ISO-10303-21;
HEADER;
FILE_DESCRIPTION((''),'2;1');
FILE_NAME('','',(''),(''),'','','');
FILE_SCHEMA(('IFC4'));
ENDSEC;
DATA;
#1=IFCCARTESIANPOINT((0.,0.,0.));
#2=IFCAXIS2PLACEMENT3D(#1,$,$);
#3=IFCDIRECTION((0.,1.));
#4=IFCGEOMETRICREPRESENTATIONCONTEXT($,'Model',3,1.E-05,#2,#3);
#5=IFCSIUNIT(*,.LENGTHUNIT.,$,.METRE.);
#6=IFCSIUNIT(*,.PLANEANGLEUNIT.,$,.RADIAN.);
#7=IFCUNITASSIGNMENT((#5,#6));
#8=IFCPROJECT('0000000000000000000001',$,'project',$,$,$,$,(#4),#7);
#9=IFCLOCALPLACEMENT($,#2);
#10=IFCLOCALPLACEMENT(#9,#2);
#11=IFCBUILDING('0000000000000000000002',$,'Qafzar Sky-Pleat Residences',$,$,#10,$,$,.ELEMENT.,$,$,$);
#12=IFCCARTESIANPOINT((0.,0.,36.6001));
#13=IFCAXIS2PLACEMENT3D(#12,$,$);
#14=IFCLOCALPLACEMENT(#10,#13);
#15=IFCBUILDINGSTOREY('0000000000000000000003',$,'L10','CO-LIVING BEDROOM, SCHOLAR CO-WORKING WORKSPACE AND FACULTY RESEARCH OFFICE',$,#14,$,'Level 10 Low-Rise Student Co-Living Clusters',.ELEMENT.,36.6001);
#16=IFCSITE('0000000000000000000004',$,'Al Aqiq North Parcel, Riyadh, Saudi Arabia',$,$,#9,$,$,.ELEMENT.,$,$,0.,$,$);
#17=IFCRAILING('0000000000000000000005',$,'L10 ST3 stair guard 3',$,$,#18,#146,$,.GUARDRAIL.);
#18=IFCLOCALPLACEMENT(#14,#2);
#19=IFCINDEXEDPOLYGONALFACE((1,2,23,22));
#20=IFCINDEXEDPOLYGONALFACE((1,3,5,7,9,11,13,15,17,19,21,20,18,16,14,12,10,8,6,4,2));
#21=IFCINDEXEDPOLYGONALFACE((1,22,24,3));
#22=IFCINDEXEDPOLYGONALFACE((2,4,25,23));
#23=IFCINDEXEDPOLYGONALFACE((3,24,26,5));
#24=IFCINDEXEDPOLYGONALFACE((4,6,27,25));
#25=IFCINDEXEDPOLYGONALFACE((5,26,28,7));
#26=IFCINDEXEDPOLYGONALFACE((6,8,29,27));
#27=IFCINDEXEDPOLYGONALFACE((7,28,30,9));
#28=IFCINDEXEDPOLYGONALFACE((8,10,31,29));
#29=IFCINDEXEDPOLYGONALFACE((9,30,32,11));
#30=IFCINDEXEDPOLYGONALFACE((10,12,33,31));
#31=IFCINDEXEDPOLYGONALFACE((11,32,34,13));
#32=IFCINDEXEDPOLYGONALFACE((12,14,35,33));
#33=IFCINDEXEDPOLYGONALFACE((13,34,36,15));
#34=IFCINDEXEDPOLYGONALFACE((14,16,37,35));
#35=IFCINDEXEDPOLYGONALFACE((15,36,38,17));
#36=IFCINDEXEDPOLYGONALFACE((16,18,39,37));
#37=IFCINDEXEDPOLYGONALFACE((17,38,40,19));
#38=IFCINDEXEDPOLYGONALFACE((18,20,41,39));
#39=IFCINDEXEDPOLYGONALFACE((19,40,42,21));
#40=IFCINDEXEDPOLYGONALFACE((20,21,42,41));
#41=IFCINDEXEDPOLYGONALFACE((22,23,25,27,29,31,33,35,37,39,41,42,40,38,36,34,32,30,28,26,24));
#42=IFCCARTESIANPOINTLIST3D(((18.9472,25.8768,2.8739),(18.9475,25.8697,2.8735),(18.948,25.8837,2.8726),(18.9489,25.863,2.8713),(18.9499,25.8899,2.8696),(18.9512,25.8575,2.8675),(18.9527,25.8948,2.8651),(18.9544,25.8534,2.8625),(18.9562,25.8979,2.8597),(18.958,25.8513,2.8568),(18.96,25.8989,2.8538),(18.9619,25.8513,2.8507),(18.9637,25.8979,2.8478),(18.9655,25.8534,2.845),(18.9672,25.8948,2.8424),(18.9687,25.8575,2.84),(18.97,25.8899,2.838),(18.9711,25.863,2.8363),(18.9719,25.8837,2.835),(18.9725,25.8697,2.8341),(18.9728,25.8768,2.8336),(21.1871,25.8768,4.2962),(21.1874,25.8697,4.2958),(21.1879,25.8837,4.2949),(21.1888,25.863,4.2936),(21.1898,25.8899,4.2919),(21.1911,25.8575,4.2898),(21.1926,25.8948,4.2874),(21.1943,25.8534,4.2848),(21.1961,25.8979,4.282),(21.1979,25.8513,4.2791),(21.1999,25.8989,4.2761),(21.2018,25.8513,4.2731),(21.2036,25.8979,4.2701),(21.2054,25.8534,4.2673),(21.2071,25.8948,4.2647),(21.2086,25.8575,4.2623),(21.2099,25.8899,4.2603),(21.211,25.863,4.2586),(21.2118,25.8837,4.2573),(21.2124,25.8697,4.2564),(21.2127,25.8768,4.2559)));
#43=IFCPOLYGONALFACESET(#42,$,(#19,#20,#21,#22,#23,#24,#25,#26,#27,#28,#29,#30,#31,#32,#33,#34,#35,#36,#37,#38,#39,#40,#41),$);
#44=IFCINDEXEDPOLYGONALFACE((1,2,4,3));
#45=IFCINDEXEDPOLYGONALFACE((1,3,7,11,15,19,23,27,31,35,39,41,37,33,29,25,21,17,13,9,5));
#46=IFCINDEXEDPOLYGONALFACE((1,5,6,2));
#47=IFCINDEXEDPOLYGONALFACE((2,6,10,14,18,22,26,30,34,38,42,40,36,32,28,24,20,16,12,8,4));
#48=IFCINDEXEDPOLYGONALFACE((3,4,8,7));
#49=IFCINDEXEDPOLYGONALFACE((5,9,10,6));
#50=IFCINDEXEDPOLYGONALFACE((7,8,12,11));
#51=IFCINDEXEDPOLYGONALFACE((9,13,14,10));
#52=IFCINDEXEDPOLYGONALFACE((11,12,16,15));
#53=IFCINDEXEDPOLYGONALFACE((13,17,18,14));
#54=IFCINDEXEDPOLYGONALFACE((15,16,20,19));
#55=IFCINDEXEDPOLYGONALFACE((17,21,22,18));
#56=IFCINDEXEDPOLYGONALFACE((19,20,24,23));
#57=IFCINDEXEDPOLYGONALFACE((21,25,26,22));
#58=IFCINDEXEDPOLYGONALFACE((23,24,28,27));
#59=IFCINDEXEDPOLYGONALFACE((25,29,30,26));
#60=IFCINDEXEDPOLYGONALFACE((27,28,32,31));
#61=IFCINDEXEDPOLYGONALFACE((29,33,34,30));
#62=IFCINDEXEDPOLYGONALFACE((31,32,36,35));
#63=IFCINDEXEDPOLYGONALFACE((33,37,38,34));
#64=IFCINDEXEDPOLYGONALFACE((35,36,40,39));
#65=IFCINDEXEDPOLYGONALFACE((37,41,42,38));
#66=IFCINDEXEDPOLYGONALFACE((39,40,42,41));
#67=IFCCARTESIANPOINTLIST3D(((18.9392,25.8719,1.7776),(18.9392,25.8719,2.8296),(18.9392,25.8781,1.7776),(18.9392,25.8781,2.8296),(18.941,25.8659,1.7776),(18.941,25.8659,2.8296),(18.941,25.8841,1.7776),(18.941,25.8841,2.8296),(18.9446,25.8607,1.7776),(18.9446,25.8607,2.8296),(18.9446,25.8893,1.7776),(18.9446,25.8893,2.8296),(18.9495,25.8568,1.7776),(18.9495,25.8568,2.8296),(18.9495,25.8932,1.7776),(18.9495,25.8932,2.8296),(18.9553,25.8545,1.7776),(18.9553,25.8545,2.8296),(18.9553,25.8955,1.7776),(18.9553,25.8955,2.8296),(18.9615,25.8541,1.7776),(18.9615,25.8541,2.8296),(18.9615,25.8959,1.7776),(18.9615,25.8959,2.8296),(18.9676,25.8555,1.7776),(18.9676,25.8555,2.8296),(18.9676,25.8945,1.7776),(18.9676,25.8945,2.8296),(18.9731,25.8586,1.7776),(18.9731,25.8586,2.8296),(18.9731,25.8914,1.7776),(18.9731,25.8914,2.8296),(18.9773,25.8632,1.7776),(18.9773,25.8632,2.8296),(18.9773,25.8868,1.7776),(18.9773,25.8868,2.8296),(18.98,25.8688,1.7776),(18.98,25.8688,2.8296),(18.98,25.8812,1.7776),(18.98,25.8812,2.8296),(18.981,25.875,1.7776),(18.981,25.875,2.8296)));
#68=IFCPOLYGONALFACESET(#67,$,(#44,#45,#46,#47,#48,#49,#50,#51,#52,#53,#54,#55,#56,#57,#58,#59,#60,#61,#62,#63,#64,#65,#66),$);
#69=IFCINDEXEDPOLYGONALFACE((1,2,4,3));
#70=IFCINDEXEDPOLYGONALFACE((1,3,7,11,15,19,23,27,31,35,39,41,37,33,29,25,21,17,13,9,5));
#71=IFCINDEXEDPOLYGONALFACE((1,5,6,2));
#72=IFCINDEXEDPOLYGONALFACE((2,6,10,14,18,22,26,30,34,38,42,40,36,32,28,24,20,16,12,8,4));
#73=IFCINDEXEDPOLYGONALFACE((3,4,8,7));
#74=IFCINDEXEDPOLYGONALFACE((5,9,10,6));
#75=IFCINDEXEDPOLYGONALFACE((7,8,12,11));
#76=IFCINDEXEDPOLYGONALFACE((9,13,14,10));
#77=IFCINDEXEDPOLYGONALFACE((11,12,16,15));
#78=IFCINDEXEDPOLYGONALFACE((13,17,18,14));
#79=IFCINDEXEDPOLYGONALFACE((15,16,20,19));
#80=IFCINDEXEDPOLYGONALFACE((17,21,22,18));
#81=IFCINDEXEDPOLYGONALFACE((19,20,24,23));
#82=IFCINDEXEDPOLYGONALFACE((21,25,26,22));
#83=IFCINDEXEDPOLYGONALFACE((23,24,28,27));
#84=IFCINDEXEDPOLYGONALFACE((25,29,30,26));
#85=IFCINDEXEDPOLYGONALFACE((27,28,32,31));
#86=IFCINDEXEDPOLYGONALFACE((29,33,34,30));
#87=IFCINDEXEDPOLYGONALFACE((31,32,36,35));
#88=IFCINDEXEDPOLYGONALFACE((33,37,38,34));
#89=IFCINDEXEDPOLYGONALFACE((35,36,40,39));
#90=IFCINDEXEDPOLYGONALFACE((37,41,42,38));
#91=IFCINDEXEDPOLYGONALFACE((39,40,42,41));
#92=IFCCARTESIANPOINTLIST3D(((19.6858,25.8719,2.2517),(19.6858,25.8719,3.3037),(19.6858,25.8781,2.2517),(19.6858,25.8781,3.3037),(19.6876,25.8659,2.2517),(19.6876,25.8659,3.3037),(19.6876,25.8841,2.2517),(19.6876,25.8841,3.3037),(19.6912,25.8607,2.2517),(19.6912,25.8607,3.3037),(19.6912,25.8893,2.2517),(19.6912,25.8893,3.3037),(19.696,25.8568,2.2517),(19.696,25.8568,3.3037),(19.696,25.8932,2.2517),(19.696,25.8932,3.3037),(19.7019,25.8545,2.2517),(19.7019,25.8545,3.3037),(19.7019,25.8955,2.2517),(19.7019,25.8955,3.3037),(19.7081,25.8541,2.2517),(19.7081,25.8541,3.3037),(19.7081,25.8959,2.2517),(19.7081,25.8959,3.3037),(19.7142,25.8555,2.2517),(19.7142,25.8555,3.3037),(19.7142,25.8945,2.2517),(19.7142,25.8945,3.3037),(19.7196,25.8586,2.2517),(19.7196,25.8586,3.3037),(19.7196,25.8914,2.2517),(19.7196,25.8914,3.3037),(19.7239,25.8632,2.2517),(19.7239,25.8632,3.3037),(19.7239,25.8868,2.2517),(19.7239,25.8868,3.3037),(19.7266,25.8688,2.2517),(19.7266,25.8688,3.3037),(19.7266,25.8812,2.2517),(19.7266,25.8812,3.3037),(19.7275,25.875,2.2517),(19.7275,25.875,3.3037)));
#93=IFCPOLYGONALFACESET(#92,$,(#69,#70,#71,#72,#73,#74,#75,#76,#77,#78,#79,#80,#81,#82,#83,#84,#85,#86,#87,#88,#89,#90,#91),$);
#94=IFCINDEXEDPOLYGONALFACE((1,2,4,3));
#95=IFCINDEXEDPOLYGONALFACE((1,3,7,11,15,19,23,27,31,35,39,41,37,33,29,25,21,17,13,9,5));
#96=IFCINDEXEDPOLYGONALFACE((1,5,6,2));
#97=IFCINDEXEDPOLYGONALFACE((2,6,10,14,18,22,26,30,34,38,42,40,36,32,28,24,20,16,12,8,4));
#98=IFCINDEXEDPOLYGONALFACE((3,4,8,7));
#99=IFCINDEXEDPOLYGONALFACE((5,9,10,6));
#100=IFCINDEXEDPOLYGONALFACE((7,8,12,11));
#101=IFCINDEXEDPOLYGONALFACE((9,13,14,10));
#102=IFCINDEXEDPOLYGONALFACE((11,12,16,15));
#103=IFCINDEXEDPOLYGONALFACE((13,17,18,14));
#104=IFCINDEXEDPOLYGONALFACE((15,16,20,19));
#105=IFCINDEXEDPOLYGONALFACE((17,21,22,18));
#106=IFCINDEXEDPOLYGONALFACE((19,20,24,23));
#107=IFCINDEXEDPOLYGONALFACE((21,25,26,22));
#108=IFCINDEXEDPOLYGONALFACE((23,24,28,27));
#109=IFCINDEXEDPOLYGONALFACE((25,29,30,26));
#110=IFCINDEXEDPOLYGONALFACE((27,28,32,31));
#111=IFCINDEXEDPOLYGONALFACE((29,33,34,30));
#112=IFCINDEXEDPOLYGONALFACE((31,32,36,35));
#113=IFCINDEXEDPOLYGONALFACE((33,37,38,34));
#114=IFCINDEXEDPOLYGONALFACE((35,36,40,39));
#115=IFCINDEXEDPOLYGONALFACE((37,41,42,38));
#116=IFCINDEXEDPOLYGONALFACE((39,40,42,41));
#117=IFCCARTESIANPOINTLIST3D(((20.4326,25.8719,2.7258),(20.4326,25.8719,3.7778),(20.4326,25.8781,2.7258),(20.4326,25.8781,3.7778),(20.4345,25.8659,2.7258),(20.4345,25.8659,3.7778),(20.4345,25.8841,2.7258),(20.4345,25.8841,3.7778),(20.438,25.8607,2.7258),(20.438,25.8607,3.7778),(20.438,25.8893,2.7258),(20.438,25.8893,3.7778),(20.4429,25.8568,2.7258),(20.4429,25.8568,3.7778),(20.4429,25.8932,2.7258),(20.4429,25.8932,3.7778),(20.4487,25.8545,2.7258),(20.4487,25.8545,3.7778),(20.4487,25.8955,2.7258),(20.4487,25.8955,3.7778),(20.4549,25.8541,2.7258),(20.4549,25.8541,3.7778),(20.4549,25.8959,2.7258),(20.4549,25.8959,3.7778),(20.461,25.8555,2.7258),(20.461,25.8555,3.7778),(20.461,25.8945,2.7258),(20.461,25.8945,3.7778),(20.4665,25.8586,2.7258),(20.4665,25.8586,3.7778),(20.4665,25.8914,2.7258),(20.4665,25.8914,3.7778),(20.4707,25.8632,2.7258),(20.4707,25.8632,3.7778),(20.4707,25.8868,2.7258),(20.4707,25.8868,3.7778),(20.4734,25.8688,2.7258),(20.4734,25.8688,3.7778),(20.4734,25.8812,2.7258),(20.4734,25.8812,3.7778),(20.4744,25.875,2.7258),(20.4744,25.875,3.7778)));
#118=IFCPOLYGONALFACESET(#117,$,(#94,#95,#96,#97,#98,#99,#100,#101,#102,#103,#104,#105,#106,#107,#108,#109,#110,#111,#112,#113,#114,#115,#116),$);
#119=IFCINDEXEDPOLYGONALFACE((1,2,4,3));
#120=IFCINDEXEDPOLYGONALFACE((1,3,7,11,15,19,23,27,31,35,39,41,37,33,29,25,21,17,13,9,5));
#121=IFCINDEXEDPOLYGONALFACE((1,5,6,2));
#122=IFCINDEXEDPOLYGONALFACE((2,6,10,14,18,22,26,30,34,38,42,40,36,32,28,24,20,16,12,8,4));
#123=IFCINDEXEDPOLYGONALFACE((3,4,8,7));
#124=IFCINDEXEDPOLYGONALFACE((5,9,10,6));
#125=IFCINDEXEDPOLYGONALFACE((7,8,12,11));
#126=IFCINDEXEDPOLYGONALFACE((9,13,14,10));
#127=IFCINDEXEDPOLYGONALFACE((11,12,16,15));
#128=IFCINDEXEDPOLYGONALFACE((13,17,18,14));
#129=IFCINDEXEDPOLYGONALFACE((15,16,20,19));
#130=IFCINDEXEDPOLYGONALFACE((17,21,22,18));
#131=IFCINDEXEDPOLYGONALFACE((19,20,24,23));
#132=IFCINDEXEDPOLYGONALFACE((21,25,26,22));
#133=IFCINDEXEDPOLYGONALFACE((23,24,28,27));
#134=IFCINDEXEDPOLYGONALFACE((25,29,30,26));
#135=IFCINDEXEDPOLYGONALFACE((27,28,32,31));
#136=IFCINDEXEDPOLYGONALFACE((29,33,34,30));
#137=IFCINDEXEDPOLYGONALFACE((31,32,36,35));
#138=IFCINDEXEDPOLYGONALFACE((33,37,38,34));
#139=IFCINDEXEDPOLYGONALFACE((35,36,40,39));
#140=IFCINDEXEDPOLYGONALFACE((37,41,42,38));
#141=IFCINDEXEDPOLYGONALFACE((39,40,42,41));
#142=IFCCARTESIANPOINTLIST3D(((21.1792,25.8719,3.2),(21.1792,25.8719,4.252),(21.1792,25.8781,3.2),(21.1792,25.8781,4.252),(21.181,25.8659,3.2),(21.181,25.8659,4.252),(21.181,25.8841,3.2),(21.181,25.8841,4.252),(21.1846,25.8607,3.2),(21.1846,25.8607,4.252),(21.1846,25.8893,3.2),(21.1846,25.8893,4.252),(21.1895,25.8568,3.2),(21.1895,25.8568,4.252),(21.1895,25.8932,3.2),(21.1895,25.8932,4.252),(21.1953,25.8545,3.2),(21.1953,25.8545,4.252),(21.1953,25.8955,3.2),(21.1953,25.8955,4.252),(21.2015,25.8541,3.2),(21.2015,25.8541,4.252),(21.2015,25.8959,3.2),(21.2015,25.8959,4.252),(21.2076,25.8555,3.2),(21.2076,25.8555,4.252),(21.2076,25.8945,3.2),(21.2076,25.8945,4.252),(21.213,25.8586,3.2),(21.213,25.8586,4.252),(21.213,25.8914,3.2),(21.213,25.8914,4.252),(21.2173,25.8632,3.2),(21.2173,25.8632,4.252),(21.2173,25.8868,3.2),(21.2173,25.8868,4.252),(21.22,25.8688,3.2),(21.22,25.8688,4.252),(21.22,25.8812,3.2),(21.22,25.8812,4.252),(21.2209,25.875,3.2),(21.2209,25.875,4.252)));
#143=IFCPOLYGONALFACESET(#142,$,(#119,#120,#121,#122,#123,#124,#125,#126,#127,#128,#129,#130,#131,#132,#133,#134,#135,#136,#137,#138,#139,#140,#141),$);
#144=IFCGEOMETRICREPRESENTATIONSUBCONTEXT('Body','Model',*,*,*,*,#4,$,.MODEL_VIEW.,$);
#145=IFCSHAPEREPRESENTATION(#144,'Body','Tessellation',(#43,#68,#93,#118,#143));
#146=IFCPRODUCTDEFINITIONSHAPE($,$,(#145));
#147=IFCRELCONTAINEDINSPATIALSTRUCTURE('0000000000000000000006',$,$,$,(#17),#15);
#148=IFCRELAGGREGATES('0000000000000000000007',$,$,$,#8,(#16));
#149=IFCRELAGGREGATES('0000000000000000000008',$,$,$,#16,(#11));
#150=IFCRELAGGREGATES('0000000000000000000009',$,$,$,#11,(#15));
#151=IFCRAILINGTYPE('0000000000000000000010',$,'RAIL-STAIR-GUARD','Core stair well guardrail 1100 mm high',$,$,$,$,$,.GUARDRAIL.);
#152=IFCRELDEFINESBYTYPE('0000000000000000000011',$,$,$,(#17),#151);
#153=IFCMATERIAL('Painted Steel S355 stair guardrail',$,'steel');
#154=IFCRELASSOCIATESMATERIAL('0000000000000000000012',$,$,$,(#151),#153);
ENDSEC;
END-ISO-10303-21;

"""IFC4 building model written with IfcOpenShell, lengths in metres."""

from ifc_helpers import new_model, si_unit, direction, frame, origin, origin_2d, place, context, subcontext, project, spatial, circle, extrude, source, transform, mapped, material, type_object, element, save


model = new_model("IFC4")

# Units and contexts
model_context = context("Model", 3, precision=1e-05, world=origin(), true_north=direction((0.0, 1.0)))
body_context = subcontext(model_context, "Body", "Model", "MODEL_VIEW")
ifc_project = project(units=[si_unit("LENGTHUNIT", "METRE"), si_unit("PLANEANGLEUNIT", "RADIAN")], contexts=[model_context])

# Site, building, storey
site_placement = place(None, origin())
site = spatial("IfcSite", under=ifc_project, at=site_placement, Name="Al Aqiq North Parcel, Riyadh, Saudi Arabia", CompositionType="ELEMENT", RefElevation=0.0)
building_placement = place(site_placement, origin())
building = spatial("IfcBuilding", under=site, at=building_placement, Name="Qafzar Sky-Pleat Residences", CompositionType="ELEMENT")
storey_placement = place(building_placement, frame((0.0, 0.0, 36.6001)))
storey = spatial("IfcBuildingStorey", under=building, at=storey_placement, Name="L10", Description="CO-LIVING BEDROOM, SCHOLAR CO-WORKING WORKSPACE AND FACULTY RESEARCH OFFICE", LongName="Level 10 Low-Rise Student Co-Living Clusters", CompositionType="ELEMENT", Elevation=36.6001)

# Railing
ifc_material_1 = material(Name="Painted Steel S355 stair guardrail", Category="steel")
railing_type = type_object("IfcRailingType", Name="RAIL-STAIR-GUARD", Description="Core stair well guardrail 1100 mm high", PredefinedType="GUARDRAIL", material=ifc_material_1)
shared_shape_1 = source(origin(), body_context, "Body", "SweptSolid", [
    extrude(circle(Radius=0.0239, at=origin_2d()), frame((0.0, 0.0, 1.0762), z_axis=(0.844188, 0.0, 0.536048), x_axis=(0.0, 1.0, 0.0)), (0.0, 0.0, 1.0), 2.6533),
    extrude(circle(Radius=0.021, at=origin_2d()), origin(), (0.0, 0.0, 1.0), 1.052),
    extrude(circle(Radius=0.021, at=origin_2d()), frame((0.7466, 0.0, 0.4741)), (0.0, 0.0, 1.0), 1.052),
    extrude(circle(Radius=0.021, at=origin_2d()), frame((1.4934, 0.0, 0.9482)), (0.0, 0.0, 1.0), 1.052),
    extrude(circle(Radius=0.021, at=origin_2d()), frame((2.24, 0.0, 1.4224)), (0.0, 0.0, 1.0), 1.052),
])
railing_1_placement = place(storey_placement, frame((18.96, 25.875, 1.7776)))
element("IfcRailing", 1, at=railing_1_placement, inside=storey, type_object=railing_type, Name="L10 ST3 stair guard 3", PredefinedType="GUARDRAIL", context=body_context, shape_type="MappedRepresentation", body=[
    mapped(shared_shape_1, transform((0.0, 0.0, 0.0), x_axis=(1.0, 0.0, 0.0), y_axis=(0.0, 1.0, 0.0), z_axis=(0.0, 0.0, 1.0), scale=1.0)),
])

save(model, "model.ifc")
